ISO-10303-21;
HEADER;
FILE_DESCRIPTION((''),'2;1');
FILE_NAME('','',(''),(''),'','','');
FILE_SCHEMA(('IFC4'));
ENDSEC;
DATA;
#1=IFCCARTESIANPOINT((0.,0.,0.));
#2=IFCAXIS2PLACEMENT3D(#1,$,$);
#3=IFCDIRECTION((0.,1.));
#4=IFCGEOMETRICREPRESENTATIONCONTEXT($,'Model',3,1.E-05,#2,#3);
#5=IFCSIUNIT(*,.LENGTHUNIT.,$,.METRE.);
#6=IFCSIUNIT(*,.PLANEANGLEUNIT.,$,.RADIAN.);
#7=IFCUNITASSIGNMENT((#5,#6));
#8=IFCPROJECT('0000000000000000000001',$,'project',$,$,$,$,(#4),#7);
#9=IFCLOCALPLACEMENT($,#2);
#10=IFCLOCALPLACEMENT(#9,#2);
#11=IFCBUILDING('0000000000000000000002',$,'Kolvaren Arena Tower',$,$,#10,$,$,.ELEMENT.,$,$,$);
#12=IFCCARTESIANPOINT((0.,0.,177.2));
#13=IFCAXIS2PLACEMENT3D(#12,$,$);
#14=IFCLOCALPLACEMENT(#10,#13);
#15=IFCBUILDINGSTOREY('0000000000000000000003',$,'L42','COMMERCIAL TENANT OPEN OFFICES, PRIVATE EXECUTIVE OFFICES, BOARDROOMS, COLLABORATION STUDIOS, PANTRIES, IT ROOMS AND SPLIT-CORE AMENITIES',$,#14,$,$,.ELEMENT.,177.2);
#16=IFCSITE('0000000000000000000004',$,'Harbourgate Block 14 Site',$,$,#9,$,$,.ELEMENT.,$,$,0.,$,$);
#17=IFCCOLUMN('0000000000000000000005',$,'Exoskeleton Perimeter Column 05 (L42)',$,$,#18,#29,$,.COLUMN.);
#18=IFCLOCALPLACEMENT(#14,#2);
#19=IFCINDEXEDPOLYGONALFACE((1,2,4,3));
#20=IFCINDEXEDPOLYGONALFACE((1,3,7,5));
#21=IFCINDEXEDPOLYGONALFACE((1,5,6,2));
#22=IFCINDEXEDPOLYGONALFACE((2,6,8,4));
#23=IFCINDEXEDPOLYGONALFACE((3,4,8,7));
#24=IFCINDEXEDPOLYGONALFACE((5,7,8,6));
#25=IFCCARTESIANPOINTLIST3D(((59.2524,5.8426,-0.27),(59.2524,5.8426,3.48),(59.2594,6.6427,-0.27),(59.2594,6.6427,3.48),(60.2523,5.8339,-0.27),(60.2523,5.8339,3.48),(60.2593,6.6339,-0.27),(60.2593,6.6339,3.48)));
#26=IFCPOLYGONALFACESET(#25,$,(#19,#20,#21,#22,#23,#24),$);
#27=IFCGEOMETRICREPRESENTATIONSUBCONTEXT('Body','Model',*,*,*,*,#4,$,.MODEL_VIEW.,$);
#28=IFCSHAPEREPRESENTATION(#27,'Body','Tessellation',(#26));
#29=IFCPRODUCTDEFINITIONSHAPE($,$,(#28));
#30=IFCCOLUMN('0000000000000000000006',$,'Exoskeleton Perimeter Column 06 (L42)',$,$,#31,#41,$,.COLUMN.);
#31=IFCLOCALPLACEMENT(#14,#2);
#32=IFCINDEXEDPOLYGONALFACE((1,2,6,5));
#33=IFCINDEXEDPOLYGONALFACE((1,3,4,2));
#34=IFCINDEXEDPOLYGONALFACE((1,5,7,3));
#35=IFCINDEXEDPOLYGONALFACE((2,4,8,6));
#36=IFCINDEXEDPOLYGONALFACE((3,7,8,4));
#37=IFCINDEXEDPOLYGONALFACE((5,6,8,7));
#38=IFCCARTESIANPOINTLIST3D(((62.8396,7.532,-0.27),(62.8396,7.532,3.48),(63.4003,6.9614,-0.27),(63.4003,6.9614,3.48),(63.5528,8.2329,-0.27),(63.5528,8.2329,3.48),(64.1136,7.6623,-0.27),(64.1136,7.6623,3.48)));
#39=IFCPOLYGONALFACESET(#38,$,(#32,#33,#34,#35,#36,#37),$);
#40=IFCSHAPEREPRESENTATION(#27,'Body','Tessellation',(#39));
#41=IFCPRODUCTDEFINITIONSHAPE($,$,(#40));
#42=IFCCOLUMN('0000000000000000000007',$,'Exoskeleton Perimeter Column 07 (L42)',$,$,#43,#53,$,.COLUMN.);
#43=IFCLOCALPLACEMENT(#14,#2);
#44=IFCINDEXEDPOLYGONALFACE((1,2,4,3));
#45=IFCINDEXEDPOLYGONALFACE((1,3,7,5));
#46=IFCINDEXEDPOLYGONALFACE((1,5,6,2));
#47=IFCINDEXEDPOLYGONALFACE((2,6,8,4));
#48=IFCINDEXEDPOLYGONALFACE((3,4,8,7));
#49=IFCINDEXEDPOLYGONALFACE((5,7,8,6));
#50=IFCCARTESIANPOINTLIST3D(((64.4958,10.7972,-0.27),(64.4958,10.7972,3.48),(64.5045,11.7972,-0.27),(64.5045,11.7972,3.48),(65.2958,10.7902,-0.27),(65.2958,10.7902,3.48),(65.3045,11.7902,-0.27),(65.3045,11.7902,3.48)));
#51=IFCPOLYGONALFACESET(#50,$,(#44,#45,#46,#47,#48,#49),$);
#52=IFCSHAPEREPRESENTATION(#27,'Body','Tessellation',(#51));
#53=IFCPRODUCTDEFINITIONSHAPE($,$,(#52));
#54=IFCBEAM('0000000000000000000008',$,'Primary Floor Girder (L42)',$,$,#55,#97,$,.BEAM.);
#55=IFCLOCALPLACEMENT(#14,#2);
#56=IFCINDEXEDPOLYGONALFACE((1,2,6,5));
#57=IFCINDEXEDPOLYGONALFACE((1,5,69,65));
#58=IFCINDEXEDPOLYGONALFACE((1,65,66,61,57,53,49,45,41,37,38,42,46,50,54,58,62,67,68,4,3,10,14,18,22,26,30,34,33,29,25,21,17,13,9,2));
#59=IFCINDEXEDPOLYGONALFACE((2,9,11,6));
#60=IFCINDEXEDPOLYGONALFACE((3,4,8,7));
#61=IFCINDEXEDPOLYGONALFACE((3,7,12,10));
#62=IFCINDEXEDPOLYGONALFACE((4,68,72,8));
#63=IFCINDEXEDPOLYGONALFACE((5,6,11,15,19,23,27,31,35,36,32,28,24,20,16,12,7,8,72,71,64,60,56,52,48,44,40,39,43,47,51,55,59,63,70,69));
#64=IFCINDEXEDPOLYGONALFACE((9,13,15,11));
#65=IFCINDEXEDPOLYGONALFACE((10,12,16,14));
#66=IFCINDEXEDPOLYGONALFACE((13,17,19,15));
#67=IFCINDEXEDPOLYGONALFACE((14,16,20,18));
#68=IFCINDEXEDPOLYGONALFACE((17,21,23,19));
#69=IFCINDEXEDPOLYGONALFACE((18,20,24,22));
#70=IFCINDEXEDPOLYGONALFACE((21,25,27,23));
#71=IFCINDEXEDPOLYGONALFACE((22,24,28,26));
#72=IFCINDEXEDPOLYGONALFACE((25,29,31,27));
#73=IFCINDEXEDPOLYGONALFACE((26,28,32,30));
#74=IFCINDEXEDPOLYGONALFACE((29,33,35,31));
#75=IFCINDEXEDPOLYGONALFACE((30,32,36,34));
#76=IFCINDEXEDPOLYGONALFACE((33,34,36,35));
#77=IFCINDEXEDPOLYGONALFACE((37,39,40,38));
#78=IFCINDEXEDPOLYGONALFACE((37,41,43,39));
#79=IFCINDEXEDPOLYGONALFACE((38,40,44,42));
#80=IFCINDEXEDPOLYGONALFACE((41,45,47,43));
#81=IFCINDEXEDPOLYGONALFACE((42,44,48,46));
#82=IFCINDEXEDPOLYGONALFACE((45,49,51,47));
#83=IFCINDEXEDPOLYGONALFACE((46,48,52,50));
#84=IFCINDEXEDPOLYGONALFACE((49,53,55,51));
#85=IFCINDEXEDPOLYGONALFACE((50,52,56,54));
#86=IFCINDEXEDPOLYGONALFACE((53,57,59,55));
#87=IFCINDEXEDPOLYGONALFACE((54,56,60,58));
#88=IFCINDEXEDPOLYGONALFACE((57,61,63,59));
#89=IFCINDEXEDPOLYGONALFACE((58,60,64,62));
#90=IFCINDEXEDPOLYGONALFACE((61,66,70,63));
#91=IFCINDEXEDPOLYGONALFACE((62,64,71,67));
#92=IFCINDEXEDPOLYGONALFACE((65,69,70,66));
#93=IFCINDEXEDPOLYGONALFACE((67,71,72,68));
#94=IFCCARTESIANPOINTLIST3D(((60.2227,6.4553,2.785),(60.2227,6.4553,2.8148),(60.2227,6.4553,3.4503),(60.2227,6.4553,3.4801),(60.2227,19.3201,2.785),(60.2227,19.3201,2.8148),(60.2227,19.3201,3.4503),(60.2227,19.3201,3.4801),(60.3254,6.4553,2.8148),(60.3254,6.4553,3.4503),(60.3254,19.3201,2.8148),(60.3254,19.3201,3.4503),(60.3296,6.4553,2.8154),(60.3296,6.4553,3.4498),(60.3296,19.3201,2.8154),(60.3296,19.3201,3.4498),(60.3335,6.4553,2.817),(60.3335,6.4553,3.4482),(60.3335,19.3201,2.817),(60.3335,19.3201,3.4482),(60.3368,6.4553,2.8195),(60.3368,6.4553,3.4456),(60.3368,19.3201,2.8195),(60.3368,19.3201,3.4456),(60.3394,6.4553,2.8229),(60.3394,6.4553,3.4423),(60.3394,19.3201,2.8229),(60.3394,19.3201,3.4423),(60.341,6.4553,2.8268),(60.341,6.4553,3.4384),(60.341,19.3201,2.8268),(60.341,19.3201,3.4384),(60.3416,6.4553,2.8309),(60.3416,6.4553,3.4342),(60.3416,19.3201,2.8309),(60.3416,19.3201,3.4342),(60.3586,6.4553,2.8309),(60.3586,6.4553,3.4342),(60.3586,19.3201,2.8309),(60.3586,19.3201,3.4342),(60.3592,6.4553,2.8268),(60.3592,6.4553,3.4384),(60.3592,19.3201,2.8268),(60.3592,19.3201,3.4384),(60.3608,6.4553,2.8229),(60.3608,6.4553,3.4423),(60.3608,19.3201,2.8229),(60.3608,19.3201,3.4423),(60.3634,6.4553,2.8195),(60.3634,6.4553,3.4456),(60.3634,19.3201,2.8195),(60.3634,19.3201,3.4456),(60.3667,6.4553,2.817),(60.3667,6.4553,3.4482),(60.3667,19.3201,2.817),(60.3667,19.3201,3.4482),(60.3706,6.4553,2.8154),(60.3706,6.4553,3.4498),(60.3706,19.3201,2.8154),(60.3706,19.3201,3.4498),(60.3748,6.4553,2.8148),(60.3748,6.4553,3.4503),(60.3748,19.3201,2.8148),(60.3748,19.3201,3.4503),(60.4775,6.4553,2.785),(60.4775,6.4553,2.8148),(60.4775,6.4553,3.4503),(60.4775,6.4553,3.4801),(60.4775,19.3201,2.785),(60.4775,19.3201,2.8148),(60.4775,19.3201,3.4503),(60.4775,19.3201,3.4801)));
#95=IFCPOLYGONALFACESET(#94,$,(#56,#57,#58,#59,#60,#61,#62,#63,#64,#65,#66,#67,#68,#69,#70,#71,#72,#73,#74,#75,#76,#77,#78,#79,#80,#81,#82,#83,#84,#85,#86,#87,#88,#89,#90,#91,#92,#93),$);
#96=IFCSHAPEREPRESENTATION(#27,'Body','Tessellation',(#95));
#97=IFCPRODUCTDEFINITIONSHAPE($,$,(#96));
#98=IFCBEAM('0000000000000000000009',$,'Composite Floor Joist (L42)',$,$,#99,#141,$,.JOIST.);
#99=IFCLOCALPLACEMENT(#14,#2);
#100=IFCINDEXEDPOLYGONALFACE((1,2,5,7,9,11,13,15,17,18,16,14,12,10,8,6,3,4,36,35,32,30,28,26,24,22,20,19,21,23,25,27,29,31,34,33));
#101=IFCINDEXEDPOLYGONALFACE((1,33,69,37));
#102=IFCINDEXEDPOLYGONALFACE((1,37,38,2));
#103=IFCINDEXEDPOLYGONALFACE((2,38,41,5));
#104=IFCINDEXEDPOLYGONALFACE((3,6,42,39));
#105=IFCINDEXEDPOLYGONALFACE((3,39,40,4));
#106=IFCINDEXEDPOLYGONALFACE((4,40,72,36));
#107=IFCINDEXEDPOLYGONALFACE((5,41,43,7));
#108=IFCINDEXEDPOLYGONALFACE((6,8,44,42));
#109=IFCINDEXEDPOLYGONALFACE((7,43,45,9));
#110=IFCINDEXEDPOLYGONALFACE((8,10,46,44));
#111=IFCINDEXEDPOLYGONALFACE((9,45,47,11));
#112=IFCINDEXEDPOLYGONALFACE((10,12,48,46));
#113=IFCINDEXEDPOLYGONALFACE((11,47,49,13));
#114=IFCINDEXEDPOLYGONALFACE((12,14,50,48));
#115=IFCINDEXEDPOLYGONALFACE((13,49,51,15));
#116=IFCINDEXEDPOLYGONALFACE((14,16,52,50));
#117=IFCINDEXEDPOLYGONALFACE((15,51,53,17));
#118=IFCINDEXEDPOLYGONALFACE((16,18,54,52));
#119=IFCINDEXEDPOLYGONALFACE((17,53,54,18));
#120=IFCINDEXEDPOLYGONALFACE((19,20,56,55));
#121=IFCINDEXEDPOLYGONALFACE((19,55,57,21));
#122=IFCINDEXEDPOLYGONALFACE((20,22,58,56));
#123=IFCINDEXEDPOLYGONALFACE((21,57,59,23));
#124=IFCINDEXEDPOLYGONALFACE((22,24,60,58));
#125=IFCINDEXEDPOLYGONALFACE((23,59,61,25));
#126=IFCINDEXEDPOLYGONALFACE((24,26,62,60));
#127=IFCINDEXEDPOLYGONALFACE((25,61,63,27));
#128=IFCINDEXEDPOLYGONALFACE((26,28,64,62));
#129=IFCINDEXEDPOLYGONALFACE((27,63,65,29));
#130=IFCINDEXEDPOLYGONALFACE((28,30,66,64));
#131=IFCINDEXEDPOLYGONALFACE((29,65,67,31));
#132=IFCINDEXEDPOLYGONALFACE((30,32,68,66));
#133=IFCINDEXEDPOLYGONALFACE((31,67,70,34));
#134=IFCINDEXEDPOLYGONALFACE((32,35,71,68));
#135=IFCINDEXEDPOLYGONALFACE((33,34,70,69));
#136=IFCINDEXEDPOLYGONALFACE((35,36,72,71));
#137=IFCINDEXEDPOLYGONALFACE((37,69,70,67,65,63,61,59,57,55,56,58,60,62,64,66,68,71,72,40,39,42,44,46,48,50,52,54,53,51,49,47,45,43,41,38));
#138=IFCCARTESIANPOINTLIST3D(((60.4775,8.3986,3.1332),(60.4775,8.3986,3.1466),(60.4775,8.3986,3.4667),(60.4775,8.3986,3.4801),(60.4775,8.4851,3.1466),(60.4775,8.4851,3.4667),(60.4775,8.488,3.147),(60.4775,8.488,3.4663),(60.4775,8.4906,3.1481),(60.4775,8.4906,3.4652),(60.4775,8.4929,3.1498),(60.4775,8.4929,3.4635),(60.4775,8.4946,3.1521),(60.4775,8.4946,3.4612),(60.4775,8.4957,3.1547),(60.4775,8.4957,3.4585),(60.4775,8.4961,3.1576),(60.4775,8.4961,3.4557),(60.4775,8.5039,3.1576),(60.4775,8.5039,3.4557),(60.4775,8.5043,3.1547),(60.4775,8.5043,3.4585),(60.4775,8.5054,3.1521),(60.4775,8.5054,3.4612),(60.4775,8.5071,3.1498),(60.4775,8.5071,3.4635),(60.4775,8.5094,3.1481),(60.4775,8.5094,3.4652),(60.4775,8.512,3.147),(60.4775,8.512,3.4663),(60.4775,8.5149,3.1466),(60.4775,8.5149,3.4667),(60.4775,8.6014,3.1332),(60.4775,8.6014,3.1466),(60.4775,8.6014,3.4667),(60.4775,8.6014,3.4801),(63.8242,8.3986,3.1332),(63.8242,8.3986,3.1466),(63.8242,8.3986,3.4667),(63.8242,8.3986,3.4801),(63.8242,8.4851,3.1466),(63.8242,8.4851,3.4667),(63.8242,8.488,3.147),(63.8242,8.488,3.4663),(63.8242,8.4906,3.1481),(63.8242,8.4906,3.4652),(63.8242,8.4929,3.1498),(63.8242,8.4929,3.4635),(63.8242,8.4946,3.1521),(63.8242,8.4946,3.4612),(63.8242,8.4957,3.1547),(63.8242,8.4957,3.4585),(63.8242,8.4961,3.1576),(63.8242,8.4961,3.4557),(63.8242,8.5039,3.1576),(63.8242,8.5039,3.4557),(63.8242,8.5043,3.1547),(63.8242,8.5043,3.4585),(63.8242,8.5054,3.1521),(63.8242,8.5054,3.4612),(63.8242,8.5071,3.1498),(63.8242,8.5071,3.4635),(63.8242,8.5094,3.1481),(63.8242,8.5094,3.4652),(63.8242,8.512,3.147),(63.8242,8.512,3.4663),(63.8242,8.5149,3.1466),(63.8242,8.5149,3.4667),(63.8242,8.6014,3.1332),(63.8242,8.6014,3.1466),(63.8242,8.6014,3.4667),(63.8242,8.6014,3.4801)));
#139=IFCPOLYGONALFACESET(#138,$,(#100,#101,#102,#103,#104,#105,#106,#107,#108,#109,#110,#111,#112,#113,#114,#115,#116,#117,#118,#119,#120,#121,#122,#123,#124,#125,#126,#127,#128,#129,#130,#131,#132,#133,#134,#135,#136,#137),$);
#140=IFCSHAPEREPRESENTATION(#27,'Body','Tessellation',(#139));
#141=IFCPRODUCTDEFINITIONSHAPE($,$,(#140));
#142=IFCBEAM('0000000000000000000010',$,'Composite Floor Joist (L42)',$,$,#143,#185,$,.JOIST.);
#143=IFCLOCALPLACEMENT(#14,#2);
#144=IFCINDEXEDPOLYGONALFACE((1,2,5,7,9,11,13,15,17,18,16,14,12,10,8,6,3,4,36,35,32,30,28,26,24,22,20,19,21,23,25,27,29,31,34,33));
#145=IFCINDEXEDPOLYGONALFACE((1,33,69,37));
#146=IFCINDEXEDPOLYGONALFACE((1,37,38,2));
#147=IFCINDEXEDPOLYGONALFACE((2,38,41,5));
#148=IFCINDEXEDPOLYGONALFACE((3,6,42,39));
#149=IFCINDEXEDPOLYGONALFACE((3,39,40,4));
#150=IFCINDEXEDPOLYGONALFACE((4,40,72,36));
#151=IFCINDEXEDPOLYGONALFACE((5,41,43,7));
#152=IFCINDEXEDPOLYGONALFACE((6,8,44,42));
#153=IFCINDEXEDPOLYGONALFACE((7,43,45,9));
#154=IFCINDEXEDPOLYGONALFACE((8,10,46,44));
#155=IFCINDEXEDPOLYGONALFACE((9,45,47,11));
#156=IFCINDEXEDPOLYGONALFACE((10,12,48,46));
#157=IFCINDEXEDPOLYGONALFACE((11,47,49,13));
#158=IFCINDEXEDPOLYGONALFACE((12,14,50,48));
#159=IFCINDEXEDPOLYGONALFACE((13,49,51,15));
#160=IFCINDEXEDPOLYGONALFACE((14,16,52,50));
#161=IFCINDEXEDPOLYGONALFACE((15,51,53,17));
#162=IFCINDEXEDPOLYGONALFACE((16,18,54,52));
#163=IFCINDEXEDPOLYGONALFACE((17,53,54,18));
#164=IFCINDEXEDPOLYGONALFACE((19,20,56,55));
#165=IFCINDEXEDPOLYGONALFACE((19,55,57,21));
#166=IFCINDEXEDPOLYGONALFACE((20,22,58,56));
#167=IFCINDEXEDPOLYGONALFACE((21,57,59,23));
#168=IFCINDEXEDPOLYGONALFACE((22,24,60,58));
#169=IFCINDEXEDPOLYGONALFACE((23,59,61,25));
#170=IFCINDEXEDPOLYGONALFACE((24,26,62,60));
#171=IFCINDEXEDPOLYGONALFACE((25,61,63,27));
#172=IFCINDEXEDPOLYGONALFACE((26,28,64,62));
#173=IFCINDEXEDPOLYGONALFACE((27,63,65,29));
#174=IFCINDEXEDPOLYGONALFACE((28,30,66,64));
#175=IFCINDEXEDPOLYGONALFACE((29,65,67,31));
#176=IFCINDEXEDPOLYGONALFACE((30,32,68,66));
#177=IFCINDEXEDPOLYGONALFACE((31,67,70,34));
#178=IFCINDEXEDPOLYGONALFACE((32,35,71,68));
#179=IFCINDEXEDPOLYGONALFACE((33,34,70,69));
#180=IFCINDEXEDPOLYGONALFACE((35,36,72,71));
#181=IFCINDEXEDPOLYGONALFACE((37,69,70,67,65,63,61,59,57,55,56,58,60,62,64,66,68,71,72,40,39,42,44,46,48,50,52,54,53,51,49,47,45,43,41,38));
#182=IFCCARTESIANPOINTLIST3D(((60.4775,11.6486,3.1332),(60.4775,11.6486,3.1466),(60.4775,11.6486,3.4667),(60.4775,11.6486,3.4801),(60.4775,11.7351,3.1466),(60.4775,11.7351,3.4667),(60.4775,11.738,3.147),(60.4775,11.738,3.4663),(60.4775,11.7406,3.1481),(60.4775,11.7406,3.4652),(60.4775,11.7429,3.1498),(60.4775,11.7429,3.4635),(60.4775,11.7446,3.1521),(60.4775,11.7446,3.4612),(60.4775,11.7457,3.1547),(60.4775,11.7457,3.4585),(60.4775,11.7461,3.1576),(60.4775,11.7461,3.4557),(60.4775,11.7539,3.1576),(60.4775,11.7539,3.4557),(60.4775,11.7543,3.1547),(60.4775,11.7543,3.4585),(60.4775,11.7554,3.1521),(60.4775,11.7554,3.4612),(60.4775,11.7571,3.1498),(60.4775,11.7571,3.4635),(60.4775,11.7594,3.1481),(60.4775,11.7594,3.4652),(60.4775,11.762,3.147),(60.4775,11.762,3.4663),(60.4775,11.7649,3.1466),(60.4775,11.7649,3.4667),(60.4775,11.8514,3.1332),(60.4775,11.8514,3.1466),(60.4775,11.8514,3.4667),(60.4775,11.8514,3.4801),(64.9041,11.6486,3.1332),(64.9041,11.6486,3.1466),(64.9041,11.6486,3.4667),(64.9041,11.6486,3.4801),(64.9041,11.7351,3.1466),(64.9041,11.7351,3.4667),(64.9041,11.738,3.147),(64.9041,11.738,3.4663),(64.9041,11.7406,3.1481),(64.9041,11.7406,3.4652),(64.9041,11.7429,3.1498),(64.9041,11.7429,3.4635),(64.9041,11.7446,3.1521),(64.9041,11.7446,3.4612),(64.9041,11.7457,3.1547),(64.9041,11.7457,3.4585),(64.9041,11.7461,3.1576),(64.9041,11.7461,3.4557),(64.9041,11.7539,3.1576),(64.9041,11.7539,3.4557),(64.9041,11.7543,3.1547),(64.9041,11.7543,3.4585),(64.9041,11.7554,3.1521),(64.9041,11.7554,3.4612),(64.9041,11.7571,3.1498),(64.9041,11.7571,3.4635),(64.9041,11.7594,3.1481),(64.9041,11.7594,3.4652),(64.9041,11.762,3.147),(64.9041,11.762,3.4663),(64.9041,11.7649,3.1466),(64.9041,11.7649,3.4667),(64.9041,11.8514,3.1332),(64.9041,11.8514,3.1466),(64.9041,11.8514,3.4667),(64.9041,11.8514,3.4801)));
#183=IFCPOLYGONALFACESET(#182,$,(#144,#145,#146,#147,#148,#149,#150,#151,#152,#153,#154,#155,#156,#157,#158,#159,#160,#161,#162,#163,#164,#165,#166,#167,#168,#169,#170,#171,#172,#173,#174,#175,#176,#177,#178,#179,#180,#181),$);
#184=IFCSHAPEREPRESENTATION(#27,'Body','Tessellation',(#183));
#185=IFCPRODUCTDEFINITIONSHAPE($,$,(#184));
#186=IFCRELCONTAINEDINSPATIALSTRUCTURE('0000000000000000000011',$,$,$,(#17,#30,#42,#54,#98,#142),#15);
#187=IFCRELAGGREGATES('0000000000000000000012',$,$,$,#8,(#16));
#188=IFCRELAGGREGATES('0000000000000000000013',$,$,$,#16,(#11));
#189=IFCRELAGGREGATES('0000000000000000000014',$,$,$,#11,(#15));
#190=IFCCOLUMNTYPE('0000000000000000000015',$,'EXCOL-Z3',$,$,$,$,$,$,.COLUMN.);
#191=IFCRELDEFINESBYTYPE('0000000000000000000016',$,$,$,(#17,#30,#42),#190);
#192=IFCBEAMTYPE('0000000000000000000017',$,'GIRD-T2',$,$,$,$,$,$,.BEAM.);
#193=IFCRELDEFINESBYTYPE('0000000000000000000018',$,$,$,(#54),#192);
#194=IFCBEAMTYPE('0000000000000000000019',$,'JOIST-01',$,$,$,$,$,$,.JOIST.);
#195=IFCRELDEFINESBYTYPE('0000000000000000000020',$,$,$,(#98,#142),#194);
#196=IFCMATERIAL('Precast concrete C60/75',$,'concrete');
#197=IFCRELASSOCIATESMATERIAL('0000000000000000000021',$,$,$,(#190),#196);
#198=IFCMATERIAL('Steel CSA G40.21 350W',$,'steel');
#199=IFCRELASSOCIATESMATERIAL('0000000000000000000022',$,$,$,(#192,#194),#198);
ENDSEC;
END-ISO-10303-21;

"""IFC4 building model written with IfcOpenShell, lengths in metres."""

from ifc_helpers import new_model, si_unit, direction, frame, origin, origin_2d, place, context, subcontext, project, spatial, rectangle, i_section, extrude, material, material_profile, profile_set, type_object, element, save


model = new_model("IFC4")

# Units and contexts
model_context = context("Model", 3, precision=1e-05, world=origin(), true_north=direction((0.0, 1.0)))
body_context = subcontext(model_context, "Body", "Model", "MODEL_VIEW")
ifc_project = project(units=[si_unit("LENGTHUNIT", "METRE"), si_unit("PLANEANGLEUNIT", "RADIAN")], contexts=[model_context])

# Site, building, storey
site_placement = place(None, origin())
site = spatial("IfcSite", under=ifc_project, at=site_placement, Name="Harbourgate Block 14 Site", CompositionType="ELEMENT", RefElevation=0.0)
building_placement = place(site_placement, origin())
building = spatial("IfcBuilding", under=site, at=building_placement, Name="Kolvaren Arena Tower", CompositionType="ELEMENT")
storey_placement = place(building_placement, frame((0.0, 0.0, 177.2)))
storey = spatial("IfcBuildingStorey", under=building, at=storey_placement, Name="L42", Description="COMMERCIAL TENANT OPEN OFFICES, PRIVATE EXECUTIVE OFFICES, BOARDROOMS, COLLABORATION STUDIOS, PANTRIES, IT ROOMS AND SPLIT-CORE AMENITIES", CompositionType="ELEMENT", Elevation=177.2)

# Columns
ifc_material_1 = material(Name="Precast concrete C60/75", Category="concrete")
ifc_material_profile_1 = material_profile(ifc_material_1, rectangle(XDim=1.0, YDim=0.8, at=origin_2d()), Name="RC-1000x800")
ifc_profile_set_1 = profile_set([ifc_material_profile_1], Name="Precast concrete C60/75")
column_type = type_object("IfcColumnType", Name="EXCOL-Z3", PredefinedType="COLUMN", material=ifc_profile_set_1)
for number, where, z_axis, x_axis, name in (
    (1, (59.7559, 6.2383, -0.27), (0.0, 0.0, 1.0), (0.999962, -0.008727, 0.0), "Exoskeleton Perimeter Column 05 (L42)"),
    (2, (63.4766, 7.5972, -0.27), (0.0, 0.0, 1.0), (0.71325, 0.700909, 0.0), "Exoskeleton Perimeter Column 06 (L42)"),
    (3, (64.9001, 11.2937, -0.27), (0.0, 0.0, 1.0), (0.008727, 0.999962, 0.0), "Exoskeleton Perimeter Column 07 (L42)"),
):
    element("IfcColumn", number, at=place(storey_placement, frame(where, z_axis=z_axis, x_axis=x_axis)), inside=storey, type_object=column_type, Name=name, PredefinedType="COLUMN", context=body_context, shape_type="SweptSolid", body=[
        extrude(rectangle(XDim=1.0, YDim=0.8, at=origin_2d()), origin(), (0.0, 0.0, 1.0), 3.75),
    ])

# Beams
ifc_material_2 = material(Name="Steel CSA G40.21 350W", Category="steel")
ifc_material_profile_2 = material_profile(ifc_material_2, i_section(OverallWidth=0.2549, OverallDepth=0.6951, WebThickness=0.0171, FlangeThickness=0.0298, FilletRadius=0.0161, at=origin_2d()), Name="W690x217")
ifc_profile_set_2 = profile_set([ifc_material_profile_2], Name="Steel CSA G40.21 350W")
beam_type_1 = type_object("IfcBeamType", Name="GIRD-T2", PredefinedType="BEAM", material=ifc_profile_set_2)
beam_1_placement = place(storey_placement, frame((60.3501, 6.4553, 3.1326), z_axis=(0.0, 1.0, 0.0), x_axis=(-1.0, 0.0, 0.0)))
element("IfcBeam", 4, at=beam_1_placement, inside=storey, type_object=beam_type_1, Name="Primary Floor Girder (L42)", PredefinedType="BEAM", context=body_context, shape_type="SweptSolid", body=[
    extrude(i_section(OverallWidth=0.2549, OverallDepth=0.6951, WebThickness=0.0171, FlangeThickness=0.0298, FilletRadius=0.0161, at=origin_2d()), origin(), (0.0, 0.0, 1.0), 12.8647),
])
ifc_material_profile_3 = material_profile(ifc_material_2, i_section(OverallWidth=0.2029, OverallDepth=0.3469, WebThickness=0.0078, FlangeThickness=0.0134, FilletRadius=0.011, at=origin_2d()), Name="W360x64")
ifc_profile_set_3 = profile_set([ifc_material_profile_3], Name="Steel CSA G40.21 350W")
beam_type_2 = type_object("IfcBeamType", Name="JOIST-01", PredefinedType="JOIST", material=ifc_profile_set_3)
beam_2_placement = place(storey_placement, frame((60.4775, 8.5, 3.3066), z_axis=(1.0, 0.0, 0.0), x_axis=(0.0, 1.0, 0.0)))
element("IfcBeam", 5, at=beam_2_placement, inside=storey, type_object=beam_type_2, Name="Composite Floor Joist (L42)", PredefinedType="JOIST", context=body_context, shape_type="SweptSolid", body=[
    extrude(i_section(OverallWidth=0.2029, OverallDepth=0.3469, WebThickness=0.0078, FlangeThickness=0.0134, FilletRadius=0.011, at=origin_2d()), origin(), (0.0, 0.0, 1.0), 3.3467),
])
beam_3_placement = place(storey_placement, frame((60.4775, 11.75, 3.3066), z_axis=(1.0, 0.0, 0.0), x_axis=(0.0, 1.0, 0.0)))
element("IfcBeam", 6, at=beam_3_placement, inside=storey, type_object=beam_type_2, Name="Composite Floor Joist (L42)", PredefinedType="JOIST", context=body_context, shape_type="SweptSolid", body=[
    extrude(i_section(OverallWidth=0.2029, OverallDepth=0.3469, WebThickness=0.0078, FlangeThickness=0.0134, FilletRadius=0.011, at=origin_2d()), origin(), (0.0, 0.0, 1.0), 4.4265),
])

save(model, "model.ifc")
